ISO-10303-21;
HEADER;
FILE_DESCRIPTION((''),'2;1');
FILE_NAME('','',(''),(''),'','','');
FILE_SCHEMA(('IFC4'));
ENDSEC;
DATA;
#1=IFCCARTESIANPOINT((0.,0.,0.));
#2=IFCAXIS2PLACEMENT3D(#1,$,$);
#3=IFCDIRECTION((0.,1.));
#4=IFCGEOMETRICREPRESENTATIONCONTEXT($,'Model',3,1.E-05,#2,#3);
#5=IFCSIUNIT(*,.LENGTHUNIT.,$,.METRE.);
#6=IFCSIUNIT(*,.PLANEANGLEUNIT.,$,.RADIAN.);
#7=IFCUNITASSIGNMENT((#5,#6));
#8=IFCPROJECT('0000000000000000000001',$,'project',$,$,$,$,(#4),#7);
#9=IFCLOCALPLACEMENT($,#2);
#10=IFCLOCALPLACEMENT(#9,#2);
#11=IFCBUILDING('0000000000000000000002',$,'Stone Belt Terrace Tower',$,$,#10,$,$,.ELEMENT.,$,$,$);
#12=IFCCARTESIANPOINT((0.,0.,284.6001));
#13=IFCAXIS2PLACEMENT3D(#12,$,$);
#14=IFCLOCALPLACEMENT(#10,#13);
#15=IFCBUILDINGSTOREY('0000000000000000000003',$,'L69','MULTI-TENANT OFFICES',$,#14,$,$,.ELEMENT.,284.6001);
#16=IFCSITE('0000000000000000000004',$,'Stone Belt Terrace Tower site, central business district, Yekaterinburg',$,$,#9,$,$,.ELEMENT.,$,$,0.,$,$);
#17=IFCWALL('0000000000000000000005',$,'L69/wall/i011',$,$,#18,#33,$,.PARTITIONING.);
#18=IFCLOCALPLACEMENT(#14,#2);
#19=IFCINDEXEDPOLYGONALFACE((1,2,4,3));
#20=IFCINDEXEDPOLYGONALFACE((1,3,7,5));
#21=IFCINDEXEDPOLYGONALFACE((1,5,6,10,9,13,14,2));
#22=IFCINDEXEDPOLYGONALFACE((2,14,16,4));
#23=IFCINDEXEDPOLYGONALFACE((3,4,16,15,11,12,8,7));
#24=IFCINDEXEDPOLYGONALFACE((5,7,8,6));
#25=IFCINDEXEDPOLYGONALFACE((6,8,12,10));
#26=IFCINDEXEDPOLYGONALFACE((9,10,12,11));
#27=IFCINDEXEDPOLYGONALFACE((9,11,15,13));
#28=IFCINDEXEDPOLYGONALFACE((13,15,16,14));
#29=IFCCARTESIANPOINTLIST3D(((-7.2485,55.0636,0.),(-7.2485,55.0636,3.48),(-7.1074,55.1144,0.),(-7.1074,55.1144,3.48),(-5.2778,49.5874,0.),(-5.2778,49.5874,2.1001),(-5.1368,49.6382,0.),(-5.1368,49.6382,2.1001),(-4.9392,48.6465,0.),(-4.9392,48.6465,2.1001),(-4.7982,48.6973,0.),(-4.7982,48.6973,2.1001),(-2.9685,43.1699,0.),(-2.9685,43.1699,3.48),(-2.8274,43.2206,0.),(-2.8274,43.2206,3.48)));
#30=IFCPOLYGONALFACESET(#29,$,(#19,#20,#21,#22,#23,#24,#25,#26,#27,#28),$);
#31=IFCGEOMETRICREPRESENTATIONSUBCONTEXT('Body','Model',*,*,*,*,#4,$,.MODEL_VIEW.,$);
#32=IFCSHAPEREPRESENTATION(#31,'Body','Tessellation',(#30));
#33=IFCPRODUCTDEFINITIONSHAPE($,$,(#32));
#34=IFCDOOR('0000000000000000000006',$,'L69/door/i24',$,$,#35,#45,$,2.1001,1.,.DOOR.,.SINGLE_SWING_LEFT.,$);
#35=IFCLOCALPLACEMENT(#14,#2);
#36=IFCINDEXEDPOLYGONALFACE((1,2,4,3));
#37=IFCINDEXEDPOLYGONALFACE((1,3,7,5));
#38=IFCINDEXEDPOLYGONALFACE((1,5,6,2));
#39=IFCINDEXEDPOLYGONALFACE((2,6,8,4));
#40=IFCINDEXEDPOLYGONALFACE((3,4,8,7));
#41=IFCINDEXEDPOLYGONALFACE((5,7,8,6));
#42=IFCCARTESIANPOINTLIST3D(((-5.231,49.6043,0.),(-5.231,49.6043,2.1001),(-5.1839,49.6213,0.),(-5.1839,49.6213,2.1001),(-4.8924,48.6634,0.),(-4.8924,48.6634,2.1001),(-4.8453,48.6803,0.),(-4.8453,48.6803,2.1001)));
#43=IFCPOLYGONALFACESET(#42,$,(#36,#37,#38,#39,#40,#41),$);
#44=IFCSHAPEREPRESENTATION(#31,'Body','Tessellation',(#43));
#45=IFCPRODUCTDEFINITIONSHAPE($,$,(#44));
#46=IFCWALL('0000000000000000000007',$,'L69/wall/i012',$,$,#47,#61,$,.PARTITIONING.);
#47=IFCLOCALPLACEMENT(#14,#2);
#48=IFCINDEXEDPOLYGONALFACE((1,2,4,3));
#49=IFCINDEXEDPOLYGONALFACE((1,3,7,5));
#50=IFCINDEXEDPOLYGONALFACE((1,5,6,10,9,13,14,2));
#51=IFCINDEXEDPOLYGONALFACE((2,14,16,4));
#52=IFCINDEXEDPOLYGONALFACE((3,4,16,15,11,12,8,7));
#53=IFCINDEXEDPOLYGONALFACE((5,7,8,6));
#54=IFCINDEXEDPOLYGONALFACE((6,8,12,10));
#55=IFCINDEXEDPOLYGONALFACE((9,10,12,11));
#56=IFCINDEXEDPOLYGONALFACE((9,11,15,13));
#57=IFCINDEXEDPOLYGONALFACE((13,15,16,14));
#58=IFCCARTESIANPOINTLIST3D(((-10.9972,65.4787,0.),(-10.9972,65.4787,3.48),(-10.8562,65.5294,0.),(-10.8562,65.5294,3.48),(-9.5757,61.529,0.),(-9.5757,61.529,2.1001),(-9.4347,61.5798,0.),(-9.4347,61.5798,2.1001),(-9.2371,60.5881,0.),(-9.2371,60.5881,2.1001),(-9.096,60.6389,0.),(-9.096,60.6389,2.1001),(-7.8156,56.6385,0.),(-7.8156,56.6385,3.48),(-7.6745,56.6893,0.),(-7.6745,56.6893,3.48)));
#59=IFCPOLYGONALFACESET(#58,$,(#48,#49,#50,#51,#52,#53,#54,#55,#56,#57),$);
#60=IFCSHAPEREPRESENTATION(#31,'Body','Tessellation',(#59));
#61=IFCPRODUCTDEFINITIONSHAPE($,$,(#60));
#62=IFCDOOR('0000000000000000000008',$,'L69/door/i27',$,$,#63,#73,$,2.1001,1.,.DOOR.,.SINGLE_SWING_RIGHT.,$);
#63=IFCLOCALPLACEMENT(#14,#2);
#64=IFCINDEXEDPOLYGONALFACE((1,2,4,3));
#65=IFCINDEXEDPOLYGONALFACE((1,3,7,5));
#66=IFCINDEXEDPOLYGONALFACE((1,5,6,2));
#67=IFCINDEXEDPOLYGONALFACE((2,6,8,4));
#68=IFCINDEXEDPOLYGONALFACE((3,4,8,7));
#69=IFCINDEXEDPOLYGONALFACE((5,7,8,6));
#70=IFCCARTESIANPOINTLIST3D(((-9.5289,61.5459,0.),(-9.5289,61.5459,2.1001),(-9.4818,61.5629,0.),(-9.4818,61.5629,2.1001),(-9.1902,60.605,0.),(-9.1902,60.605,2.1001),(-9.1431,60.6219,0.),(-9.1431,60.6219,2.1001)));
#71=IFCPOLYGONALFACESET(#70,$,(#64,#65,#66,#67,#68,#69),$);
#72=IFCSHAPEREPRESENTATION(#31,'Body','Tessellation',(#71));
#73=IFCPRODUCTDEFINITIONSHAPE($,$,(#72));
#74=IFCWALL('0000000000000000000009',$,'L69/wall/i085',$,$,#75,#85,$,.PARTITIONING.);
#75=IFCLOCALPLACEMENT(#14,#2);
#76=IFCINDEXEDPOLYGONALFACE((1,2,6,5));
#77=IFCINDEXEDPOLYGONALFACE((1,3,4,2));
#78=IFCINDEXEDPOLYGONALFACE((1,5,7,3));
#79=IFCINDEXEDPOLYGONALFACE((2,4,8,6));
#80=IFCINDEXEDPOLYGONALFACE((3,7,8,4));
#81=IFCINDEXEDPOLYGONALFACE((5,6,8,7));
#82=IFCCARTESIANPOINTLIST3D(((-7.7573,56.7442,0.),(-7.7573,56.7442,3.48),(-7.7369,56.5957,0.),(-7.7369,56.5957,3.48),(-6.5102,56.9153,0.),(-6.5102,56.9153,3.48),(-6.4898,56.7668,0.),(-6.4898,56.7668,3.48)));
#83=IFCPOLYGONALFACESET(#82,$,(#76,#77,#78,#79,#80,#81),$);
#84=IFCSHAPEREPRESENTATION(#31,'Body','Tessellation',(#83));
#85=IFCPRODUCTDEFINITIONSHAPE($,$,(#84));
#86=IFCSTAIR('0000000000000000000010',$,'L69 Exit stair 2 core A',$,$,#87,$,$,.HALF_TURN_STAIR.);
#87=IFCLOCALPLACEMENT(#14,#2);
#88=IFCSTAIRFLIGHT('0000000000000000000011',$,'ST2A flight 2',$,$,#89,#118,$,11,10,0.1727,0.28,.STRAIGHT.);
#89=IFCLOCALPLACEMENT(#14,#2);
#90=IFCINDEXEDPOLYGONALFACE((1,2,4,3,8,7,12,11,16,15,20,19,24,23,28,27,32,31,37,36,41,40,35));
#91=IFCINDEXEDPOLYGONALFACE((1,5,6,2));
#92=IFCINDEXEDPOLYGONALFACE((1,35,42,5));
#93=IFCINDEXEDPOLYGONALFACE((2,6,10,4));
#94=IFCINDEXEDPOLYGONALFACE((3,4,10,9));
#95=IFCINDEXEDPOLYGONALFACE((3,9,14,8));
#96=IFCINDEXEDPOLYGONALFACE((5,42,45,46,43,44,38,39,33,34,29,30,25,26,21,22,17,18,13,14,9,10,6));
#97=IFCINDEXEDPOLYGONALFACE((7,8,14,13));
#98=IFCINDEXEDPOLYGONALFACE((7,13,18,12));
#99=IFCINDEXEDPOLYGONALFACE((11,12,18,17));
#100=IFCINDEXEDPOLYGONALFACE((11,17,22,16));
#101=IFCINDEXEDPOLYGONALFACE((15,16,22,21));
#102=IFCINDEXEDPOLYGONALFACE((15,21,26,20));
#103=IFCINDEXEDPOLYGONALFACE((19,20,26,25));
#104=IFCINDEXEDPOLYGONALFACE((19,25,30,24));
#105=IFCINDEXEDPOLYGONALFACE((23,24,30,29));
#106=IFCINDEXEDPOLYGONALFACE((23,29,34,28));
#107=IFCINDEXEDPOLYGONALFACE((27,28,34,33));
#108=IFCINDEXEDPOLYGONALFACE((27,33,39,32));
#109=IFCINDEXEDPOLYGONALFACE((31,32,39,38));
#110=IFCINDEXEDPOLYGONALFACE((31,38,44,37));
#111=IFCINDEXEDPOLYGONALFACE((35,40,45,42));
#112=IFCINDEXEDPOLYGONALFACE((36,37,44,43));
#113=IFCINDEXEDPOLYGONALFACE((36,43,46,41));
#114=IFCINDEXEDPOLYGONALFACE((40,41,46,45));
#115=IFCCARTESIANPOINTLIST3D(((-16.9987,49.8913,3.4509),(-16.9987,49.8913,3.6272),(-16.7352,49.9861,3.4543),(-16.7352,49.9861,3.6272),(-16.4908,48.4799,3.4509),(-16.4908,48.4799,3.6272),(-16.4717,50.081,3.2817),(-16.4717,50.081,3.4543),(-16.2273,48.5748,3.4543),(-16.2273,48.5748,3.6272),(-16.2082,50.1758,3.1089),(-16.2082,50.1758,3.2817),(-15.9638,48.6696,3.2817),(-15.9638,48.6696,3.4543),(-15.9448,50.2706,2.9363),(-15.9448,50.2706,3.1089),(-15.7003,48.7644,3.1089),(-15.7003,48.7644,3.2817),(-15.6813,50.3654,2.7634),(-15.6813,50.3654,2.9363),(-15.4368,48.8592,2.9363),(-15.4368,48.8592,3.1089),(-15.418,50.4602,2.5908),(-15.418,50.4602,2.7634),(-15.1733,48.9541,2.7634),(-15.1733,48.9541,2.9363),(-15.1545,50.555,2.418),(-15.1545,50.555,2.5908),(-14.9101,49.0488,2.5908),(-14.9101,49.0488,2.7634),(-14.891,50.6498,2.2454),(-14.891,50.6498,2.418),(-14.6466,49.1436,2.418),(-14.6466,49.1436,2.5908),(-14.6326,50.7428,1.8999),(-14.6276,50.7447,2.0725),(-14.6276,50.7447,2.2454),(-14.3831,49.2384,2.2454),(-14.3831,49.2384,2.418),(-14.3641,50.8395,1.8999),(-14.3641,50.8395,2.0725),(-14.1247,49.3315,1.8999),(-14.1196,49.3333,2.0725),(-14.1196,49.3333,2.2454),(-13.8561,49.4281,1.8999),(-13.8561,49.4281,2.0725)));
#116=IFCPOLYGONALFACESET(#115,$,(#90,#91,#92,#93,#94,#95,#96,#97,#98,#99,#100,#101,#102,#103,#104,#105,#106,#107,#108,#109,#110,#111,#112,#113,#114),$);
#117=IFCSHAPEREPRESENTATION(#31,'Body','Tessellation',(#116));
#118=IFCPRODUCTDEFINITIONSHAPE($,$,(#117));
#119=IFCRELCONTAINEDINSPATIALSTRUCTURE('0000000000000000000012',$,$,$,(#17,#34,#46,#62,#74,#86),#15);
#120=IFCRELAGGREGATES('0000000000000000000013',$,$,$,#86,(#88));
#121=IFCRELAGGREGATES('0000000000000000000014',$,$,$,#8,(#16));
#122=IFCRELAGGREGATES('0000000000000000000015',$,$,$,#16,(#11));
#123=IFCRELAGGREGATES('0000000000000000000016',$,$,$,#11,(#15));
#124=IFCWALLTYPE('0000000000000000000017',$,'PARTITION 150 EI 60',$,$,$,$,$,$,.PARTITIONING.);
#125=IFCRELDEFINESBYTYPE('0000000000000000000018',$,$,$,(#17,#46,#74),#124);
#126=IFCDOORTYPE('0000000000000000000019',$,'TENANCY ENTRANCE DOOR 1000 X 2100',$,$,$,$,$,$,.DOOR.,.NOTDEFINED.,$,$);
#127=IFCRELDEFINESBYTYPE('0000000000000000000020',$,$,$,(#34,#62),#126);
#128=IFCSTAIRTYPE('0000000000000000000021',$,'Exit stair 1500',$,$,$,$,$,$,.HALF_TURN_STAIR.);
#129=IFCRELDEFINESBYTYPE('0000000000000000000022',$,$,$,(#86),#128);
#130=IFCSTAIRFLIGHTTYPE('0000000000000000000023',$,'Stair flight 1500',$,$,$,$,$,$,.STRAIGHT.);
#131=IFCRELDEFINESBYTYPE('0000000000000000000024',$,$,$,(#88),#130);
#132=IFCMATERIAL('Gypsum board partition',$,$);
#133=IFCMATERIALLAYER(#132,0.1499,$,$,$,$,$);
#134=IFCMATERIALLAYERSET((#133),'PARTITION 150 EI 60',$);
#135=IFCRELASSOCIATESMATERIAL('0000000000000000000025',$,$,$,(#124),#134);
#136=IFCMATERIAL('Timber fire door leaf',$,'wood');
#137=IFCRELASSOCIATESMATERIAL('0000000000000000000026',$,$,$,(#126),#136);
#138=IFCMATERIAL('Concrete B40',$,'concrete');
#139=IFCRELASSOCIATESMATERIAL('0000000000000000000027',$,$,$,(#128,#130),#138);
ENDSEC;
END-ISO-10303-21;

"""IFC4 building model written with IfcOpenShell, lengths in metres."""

from ifc_helpers import new_model, si_unit, direction, frame, frame_2d, origin, place, context, subcontext, project, spatial, polyline, rectangle, outline, extrude, material, layer, layer_set, type_object, element, fill, aggregate, save


model = new_model("IFC4")

# Units and contexts
model_context = context("Model", 3, precision=1e-05, world=origin(), true_north=direction((0.0, 1.0)))
body_context = subcontext(model_context, "Body", "Model", "MODEL_VIEW")
ifc_project = project(units=[si_unit("LENGTHUNIT", "METRE"), si_unit("PLANEANGLEUNIT", "RADIAN")], contexts=[model_context])

# Site, building, storey
site_placement = place(None, origin())
site = spatial("IfcSite", under=ifc_project, at=site_placement, Name="Stone Belt Terrace Tower site, central business district, Yekaterinburg", CompositionType="ELEMENT", RefElevation=0.0)
building_placement = place(site_placement, origin())
building = spatial("IfcBuilding", under=site, at=building_placement, Name="Stone Belt Terrace Tower", CompositionType="ELEMENT")
storey_placement = place(building_placement, frame((0.0, 0.0, 284.6001)))
storey = spatial("IfcBuildingStorey", under=building, at=storey_placement, Name="L69", Description="MULTI-TENANT OFFICES", CompositionType="ELEMENT", Elevation=284.6001)

# Walls, openings, doors
ifc_material_1 = material(Name="Gypsum board partition")
ifc_layer_1 = layer(ifc_material_1, 0.1499)
ifc_layer_set_1 = layer_set([ifc_layer_1], Name="PARTITION 150 EI 60")
wall_type_1 = type_object("IfcWallType", Name="PARTITION 150 EI 60", PredefinedType="PARTITIONING", material=ifc_layer_set_1)
wall_1_placement = place(storey_placement, frame((-7.178, 55.0891, 0.0), z_axis=(0.0, 0.0, 1.0), x_axis=(0.338598, -0.940931, 0.0)))
wall_1 = element("IfcWall", 1, at=wall_1_placement, inside=storey, type_object=wall_type_1, Name="L69/wall/i011", PredefinedType="PARTITIONING", context=body_context, shape_type="SweptSolid", body=[
    extrude(rectangle(XDim=12.6404, YDim=0.1499, at=frame_2d((6.3203, 0.0))), origin(), (0.0, 0.0, 1.0), 3.48),
])
opening_1_placement = place(wall_1_placement, frame((5.8201, 0.0, 0.0)))
opening_1 = element("IfcOpeningElement", 2, at=opening_1_placement, cuts=wall_1, PredefinedType="OPENING", context=body_context, shape_type="SweptSolid", body=[
    extrude(rectangle(XDim=1.0, YDim=2.1001, at=frame_2d((0.5, 1.05))), frame((0.0, 0.085, 0.0), z_axis=(0.0, -1.0, 0.0), x_axis=(1.0, 0.0, 0.0)), (0.0, 0.0, 1.0), 0.1699),
])
ifc_material_2 = material(Name="Timber fire door leaf", Category="wood")
door_type_1 = type_object("IfcDoorType", Name="TENANCY ENTRANCE DOOR 1000 X 2100", OperationType="NOTDEFINED", PredefinedType="DOOR", material=ifc_material_2)
door_1_placement = place(opening_1_placement, origin())
door_1 = element("IfcDoor", 3, at=door_1_placement, inside=storey, type_object=door_type_1, Name="L69/door/i24", OperationType="SINGLE_SWING_LEFT", OverallHeight=2.1001, OverallWidth=1.0, PredefinedType="DOOR", context=body_context, shape_type="SweptSolid", body=[
    extrude(rectangle(XDim=1.0, YDim=2.1001, at=frame_2d((0.5, 1.05))), frame((0.0, 0.0249, 0.0), z_axis=(0.0, -1.0, 0.0), x_axis=(1.0, 0.0, 0.0)), (0.0, 0.0, 1.0), 0.05),
])
fill(opening_1, door_1)
wall_2_placement = place(storey_placement, frame((-10.9268, 65.5042, 0.0), z_axis=(0.0, 0.0, 1.0), x_axis=(0.338645, -0.940914, 0.0)))
wall_2 = element("IfcWall", 4, at=wall_2_placement, inside=storey, type_object=wall_type_1, Name="L69/wall/i012", PredefinedType="PARTITIONING", context=body_context, shape_type="SweptSolid", body=[
    extrude(rectangle(XDim=9.3953, YDim=0.1499, at=frame_2d((4.6978, 0.0))), origin(), (0.0, 0.0, 1.0), 3.48),
])
opening_2_placement = place(wall_2_placement, frame((4.1978, 0.0, 0.0)))
opening_2 = element("IfcOpeningElement", 5, at=opening_2_placement, cuts=wall_2, PredefinedType="OPENING", context=body_context, shape_type="SweptSolid", body=[
    extrude(rectangle(XDim=1.0, YDim=2.1001, at=frame_2d((0.5, 1.05))), frame((0.0, 0.085, 0.0), z_axis=(0.0, -1.0, 0.0), x_axis=(1.0, 0.0, 0.0)), (0.0, 0.0, 1.0), 0.1699),
])
door_2_placement = place(opening_2_placement, origin())
door_2 = element("IfcDoor", 6, at=door_2_placement, inside=storey, type_object=door_type_1, Name="L69/door/i27", OperationType="SINGLE_SWING_RIGHT", OverallHeight=2.1001, OverallWidth=1.0, PredefinedType="DOOR", context=body_context, shape_type="SweptSolid", body=[
    extrude(rectangle(XDim=1.0, YDim=2.1001, at=frame_2d((0.5, 1.05))), frame((0.0, 0.0249, 0.0), z_axis=(0.0, -1.0, 0.0), x_axis=(1.0, 0.0, 0.0)), (0.0, 0.0, 1.0), 0.05),
])
fill(opening_2, door_2)

# Wall
wall_3_placement = place(storey_placement, frame((-7.7471, 56.6699, 0.0), z_axis=(0.0, 0.0, 1.0), x_axis=(0.990714, 0.135961, 0.0)))
element("IfcWall", 7, at=wall_3_placement, inside=storey, type_object=wall_type_1, Name="L69/wall/i085", PredefinedType="PARTITIONING", context=body_context, shape_type="SweptSolid", body=[
    extrude(rectangle(XDim=1.2588, YDim=0.1499, at=frame_2d((0.6294, 0.0))), origin(), (0.0, 0.0, 1.0), 3.48),
])

# Stair, stair flight
ifc_material_3 = material(Name="Concrete B40", Category="concrete")
stair_type = type_object("IfcStairType", Name="Exit stair 1500", PredefinedType="HALF_TURN_STAIR", material=ifc_material_3)
stair_placement = place(storey_placement, origin())
stair = element("IfcStair", 8, at=stair_placement, inside=storey, type_object=stair_type, Name="L69 Exit stair 2 core A", PredefinedType="HALF_TURN_STAIR")
stair_flight_type = type_object("IfcStairFlightType", Name="Stair flight 1500", PredefinedType="STRAIGHT", material=ifc_material_3)
stair_flight_placement = place(storey_placement, frame((-14.1101, 50.1338, 1.8999), z_axis=(0.0, 0.0, 1.0), x_axis=(-0.940922, -0.338624, 0.0)))
stair_flight = element("IfcStairFlight", 9, at=stair_flight_placement, type_object=stair_flight_type, Name="ST2A flight 2", NumberOfRisers=11, NumberOfTreads=10, PredefinedType="STRAIGHT", RiserHeight=0.1727, TreadLength=0.28, context=body_context, shape_type="SweptSolid", body=[
    extrude(outline(polyline([(0.0, 0.0), (0.0, 0.1726), (0.28, 0.1726), (0.28, 0.3455), (0.5601, 0.3455), (0.5601, 0.5181), (0.8401, 0.5181), (0.8401, 0.6909), (1.1201, 0.6909), (1.1201, 0.8635), (1.3999, 0.8635), (1.3999, 1.0364), (1.6799, 1.0364), (1.6799, 1.209), (1.96, 1.209), (1.96, 1.3818), (2.24, 1.3818), (2.24, 1.5544), (2.52, 1.5544), (2.52, 1.7273), (2.8, 1.7273), (2.8, 1.8999), (2.8, 1.551), (0.2854, 0.0), (0.0, 0.0)])), frame((0.0, 0.75, 0.0), z_axis=(0.0, -1.0, 0.0), x_axis=(1.0, 0.0, 0.0)), (0.0, 0.0, 1.0), 1.5),
])
aggregate(stair, [stair_flight])

save(model, "model.ifc")
